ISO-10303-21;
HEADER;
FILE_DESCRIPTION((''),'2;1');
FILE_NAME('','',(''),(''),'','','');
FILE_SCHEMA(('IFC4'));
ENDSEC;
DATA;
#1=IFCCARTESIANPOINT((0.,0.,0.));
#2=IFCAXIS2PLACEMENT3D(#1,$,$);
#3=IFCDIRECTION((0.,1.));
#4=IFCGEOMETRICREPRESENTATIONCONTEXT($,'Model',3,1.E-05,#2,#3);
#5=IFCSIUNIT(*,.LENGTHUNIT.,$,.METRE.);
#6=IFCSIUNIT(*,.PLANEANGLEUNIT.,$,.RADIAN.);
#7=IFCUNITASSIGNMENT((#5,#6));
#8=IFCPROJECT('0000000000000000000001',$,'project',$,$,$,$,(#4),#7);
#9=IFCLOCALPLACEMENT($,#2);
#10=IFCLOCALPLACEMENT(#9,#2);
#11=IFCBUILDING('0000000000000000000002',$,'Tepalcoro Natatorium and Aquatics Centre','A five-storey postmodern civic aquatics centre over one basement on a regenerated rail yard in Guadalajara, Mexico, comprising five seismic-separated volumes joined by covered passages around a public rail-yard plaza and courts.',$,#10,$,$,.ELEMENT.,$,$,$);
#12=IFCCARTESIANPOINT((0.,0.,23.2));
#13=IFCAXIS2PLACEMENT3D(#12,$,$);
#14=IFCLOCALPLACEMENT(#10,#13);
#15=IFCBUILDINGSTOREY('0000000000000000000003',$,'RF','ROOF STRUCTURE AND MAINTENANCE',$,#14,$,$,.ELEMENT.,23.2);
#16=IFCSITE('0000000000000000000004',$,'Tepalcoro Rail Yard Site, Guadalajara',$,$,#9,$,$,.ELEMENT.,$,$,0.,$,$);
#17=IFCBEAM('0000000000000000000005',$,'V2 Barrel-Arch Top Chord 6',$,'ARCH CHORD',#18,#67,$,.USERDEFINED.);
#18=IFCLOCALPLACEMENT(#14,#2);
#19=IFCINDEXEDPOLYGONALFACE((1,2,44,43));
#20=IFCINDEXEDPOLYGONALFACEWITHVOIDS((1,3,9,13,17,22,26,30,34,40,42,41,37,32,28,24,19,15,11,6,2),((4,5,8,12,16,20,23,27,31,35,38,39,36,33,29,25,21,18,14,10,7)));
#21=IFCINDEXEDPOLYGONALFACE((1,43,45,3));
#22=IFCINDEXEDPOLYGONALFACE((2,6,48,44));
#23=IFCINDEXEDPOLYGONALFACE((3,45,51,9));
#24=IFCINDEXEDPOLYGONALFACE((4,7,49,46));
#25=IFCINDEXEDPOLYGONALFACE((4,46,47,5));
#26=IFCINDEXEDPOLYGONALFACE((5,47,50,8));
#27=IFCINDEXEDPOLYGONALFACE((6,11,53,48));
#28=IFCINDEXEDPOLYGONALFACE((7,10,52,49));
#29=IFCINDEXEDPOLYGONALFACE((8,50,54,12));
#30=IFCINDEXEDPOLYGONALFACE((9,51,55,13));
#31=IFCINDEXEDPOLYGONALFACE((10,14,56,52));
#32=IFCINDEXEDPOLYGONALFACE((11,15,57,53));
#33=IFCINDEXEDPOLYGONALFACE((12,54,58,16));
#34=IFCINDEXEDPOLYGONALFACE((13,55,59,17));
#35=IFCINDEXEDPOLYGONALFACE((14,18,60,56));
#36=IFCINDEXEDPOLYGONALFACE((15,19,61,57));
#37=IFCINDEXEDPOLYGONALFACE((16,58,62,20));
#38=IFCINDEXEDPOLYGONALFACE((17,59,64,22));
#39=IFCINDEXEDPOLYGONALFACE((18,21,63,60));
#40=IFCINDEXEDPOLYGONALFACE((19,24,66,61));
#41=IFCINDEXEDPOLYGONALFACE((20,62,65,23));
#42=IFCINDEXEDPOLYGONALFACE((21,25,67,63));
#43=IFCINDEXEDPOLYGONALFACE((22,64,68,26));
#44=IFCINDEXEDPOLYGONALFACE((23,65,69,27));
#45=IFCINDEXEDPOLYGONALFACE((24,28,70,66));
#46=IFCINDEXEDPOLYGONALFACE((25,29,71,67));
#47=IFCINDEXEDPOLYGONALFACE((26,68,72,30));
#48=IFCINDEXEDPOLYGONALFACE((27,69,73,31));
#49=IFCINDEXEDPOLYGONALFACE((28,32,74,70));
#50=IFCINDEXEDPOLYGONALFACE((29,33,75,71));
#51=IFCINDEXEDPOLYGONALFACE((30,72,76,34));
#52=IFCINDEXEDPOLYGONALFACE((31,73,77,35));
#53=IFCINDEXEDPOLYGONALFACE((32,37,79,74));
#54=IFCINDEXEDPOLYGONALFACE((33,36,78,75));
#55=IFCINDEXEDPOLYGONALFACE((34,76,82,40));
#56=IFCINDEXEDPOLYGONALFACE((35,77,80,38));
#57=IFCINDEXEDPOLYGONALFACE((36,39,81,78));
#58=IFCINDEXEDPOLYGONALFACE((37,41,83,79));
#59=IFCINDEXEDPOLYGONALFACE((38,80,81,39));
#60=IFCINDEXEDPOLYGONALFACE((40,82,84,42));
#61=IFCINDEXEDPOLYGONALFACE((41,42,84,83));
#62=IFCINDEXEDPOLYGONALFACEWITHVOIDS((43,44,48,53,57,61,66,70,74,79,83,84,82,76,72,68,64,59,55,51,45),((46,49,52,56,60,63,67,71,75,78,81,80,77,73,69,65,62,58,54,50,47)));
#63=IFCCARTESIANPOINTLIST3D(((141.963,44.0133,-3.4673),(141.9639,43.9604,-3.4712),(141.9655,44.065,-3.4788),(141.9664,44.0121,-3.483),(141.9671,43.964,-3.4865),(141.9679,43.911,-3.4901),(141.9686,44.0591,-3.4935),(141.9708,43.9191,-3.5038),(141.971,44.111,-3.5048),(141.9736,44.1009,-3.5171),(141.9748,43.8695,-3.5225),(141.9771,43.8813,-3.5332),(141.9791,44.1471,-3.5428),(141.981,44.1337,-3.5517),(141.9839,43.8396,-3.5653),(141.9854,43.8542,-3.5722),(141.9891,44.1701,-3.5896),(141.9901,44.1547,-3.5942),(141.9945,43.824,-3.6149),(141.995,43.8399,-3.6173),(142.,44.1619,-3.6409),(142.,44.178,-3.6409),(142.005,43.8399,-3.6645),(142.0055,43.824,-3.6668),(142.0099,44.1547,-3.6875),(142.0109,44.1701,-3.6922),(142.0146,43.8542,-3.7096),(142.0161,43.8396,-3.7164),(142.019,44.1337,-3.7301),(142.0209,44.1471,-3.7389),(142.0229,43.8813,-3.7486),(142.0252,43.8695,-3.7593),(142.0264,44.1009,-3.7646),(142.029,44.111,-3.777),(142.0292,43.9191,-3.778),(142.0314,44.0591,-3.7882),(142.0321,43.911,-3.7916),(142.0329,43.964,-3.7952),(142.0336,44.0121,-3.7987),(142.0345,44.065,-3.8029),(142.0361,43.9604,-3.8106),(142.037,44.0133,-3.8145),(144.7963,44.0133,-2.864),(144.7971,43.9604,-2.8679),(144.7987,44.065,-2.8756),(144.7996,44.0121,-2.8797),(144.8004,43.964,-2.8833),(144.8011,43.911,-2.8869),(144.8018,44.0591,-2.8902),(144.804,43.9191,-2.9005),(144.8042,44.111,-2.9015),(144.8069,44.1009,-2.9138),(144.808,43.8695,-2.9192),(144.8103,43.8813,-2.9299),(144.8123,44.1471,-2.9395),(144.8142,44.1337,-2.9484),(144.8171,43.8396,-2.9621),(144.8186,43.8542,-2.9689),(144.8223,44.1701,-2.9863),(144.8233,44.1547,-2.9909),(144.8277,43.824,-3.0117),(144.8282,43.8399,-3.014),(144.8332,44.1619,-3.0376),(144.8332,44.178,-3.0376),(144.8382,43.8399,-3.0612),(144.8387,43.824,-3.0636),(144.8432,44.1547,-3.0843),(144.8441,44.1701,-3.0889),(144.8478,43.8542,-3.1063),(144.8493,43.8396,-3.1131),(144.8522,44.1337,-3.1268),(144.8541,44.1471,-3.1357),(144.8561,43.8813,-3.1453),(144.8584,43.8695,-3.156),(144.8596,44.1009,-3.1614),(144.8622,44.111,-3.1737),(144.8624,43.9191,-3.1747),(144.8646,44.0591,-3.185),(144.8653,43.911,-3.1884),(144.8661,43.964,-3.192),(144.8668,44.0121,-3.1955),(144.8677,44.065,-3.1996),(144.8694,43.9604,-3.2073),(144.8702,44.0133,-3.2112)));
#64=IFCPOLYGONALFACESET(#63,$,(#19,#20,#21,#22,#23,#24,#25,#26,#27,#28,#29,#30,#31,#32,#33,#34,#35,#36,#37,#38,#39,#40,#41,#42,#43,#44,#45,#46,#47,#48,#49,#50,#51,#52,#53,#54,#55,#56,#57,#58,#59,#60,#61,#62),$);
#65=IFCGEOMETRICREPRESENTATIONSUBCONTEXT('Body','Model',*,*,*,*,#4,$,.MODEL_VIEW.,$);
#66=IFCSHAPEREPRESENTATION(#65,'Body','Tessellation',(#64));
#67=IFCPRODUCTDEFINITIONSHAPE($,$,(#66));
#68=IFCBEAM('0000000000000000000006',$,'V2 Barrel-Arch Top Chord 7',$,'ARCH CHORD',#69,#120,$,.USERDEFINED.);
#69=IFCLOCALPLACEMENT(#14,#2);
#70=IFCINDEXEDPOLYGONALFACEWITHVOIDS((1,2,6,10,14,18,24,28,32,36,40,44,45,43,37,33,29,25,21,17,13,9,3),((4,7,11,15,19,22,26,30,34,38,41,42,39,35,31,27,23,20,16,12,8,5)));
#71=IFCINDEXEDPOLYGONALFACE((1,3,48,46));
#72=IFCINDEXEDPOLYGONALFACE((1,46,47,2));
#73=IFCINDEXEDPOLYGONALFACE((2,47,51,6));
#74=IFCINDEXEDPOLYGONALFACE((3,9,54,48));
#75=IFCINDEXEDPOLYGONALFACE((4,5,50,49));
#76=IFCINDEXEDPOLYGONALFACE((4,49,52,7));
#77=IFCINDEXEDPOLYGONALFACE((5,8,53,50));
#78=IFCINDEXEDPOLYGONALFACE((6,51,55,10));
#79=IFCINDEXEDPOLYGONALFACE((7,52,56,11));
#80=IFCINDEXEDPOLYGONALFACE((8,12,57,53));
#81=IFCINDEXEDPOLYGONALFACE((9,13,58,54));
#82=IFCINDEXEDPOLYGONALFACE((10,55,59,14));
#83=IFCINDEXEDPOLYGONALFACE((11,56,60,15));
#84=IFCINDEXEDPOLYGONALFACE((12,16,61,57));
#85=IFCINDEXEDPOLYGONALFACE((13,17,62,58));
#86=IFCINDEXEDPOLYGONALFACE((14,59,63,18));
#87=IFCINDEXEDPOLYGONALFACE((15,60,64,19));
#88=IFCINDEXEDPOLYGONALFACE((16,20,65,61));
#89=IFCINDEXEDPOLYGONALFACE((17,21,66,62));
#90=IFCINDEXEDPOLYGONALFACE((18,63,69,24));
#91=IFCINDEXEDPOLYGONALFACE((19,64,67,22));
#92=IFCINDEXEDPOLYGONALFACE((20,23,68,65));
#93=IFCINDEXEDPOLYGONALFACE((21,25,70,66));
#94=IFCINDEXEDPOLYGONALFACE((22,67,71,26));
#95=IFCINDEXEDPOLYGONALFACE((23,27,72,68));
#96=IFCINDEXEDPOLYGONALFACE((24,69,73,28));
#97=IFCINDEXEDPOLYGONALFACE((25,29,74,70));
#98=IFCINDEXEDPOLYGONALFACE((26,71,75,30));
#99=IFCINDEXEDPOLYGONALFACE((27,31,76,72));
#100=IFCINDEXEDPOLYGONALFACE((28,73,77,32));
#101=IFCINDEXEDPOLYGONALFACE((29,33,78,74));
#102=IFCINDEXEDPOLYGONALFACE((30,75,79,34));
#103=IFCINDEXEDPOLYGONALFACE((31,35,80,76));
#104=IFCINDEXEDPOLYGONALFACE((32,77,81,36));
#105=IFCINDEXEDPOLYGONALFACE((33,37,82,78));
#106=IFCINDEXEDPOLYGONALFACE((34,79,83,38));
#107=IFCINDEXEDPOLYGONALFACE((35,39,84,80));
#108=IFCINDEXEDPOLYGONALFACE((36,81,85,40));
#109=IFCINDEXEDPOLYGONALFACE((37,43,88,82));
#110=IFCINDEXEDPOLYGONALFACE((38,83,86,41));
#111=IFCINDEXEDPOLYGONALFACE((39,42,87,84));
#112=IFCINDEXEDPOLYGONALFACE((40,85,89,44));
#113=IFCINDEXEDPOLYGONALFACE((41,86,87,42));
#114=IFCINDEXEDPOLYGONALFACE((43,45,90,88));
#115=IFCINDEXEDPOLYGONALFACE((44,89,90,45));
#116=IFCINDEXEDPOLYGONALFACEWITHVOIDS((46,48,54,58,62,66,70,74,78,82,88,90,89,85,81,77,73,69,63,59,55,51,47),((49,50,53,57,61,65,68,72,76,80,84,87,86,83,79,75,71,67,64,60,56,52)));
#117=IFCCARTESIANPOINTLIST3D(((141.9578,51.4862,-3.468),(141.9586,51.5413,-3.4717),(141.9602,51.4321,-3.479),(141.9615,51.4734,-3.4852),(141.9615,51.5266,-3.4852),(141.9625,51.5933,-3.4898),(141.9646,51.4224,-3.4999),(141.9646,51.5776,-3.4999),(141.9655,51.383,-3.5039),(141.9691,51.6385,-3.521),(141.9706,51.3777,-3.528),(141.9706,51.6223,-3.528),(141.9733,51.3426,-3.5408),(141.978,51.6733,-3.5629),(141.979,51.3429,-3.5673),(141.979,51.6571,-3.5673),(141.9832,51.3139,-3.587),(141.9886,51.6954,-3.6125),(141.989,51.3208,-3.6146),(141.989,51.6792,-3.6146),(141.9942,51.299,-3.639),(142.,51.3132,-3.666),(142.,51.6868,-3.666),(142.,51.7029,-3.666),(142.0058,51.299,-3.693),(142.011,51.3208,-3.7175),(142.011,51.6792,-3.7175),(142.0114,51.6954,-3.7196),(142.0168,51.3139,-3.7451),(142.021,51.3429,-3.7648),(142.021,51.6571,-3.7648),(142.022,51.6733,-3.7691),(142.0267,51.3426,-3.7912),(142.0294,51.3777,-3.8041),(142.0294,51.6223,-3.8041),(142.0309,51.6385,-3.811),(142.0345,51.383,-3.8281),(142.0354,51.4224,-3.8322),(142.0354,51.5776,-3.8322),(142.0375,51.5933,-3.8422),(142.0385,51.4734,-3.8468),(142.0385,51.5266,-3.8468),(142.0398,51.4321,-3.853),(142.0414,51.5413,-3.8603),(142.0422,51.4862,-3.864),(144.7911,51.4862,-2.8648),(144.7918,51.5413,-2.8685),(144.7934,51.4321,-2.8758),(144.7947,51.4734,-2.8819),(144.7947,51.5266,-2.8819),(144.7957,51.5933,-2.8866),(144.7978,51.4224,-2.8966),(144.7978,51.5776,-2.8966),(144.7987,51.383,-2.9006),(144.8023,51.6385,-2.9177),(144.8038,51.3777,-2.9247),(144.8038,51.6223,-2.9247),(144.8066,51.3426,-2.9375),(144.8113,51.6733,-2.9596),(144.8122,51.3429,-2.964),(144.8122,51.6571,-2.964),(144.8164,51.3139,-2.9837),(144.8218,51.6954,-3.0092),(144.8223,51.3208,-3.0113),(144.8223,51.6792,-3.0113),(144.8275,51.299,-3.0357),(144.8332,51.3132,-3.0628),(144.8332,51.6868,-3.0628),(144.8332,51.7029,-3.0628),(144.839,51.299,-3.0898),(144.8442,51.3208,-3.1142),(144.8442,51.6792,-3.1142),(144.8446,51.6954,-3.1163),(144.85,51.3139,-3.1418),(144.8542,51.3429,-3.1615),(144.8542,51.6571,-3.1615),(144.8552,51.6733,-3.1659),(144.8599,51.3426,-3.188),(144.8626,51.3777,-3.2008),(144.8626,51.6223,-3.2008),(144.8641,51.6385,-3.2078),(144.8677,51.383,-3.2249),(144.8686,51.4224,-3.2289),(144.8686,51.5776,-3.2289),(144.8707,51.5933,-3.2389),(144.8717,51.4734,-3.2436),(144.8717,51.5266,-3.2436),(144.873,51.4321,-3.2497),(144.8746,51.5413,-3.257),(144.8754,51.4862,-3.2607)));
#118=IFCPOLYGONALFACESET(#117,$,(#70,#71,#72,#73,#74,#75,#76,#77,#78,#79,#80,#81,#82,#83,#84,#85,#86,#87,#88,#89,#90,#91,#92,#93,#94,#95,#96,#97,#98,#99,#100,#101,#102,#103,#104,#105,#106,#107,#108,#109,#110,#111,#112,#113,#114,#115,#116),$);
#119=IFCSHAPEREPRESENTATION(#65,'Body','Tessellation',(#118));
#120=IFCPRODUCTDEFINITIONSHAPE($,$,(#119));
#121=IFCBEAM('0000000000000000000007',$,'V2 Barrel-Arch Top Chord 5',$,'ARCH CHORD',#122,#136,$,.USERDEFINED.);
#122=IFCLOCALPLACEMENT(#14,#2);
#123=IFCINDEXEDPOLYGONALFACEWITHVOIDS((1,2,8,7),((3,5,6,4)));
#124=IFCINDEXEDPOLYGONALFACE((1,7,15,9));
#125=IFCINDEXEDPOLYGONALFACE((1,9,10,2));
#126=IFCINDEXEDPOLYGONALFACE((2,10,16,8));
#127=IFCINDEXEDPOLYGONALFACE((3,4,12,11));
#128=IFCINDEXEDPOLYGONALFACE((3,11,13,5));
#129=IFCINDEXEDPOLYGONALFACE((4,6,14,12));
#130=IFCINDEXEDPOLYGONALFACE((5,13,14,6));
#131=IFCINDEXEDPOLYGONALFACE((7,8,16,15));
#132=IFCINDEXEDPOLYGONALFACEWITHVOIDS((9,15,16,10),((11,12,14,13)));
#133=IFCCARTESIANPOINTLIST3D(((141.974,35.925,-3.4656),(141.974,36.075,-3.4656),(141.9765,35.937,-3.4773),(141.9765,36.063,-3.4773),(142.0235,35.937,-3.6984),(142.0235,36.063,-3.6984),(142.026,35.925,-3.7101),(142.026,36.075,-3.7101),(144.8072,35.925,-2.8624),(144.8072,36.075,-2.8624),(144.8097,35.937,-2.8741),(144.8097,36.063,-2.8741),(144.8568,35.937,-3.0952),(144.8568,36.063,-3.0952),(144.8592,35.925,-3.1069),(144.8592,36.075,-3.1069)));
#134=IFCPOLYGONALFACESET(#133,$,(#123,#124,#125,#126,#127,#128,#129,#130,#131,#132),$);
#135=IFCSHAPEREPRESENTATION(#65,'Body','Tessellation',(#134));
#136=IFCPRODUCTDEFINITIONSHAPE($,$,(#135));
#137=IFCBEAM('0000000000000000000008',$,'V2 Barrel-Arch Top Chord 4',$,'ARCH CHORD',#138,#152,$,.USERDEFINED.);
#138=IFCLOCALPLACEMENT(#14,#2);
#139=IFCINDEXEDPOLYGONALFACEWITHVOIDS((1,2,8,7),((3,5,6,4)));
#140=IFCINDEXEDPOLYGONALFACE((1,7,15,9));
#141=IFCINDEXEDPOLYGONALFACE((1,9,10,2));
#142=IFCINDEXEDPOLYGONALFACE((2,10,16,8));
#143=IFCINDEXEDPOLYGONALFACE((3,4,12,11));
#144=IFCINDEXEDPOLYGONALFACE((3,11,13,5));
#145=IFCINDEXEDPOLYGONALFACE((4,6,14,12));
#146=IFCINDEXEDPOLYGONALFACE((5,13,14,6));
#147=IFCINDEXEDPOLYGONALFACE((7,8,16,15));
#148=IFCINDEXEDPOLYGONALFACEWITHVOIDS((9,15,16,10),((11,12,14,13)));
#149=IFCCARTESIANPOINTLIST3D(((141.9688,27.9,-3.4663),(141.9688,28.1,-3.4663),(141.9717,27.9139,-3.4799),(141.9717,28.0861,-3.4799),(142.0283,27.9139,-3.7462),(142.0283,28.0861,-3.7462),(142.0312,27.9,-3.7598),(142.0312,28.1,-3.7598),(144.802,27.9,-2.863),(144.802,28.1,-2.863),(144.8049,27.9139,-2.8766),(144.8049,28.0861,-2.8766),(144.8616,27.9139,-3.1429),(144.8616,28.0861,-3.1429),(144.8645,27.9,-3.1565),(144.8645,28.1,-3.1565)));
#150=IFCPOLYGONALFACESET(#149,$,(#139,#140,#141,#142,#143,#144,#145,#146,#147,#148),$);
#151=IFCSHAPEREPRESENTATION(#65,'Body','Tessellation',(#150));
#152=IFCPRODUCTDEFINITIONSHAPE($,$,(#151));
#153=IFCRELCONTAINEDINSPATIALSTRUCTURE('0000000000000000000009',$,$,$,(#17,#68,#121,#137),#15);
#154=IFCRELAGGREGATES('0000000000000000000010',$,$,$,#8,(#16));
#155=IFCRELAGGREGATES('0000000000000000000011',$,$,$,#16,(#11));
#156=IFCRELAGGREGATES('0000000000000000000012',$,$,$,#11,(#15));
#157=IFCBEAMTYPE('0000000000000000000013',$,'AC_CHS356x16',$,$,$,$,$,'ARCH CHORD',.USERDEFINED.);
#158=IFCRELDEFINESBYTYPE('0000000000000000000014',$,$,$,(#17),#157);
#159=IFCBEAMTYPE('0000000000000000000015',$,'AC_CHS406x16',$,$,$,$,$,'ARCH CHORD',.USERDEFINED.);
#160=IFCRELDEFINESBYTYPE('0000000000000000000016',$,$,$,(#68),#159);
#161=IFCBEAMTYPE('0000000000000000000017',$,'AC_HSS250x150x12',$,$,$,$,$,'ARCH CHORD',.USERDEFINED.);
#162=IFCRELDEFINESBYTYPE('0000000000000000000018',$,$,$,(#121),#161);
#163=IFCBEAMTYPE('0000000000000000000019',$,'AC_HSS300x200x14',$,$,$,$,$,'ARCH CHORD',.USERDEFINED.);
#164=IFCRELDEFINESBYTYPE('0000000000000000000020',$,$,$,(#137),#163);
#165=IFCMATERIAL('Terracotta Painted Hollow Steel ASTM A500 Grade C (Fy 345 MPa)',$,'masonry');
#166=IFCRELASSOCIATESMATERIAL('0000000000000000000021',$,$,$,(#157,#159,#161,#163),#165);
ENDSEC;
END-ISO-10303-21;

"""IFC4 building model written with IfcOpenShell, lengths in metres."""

from ifc_helpers import new_model, si_unit, direction, frame, origin, origin_2d, place, context, subcontext, project, spatial, hollow_rectangle, hollow_circle, extrude, material, material_profile, profile_set, type_object, element, save


model = new_model("IFC4")

# Units and contexts
model_context = context("Model", 3, precision=1e-05, world=origin(), true_north=direction((0.0, 1.0)))
body_context = subcontext(model_context, "Body", "Model", "MODEL_VIEW")
ifc_project = project(units=[si_unit("LENGTHUNIT", "METRE"), si_unit("PLANEANGLEUNIT", "RADIAN")], contexts=[model_context])

# Site, building, storey
site_placement = place(None, origin())
site = spatial("IfcSite", under=ifc_project, at=site_placement, Name="Tepalcoro Rail Yard Site, Guadalajara", CompositionType="ELEMENT", RefElevation=0.0)
building_placement = place(site_placement, origin())
building = spatial("IfcBuilding", under=site, at=building_placement, Name="Tepalcoro Natatorium and Aquatics Centre", Description="A five-storey postmodern civic aquatics centre over one basement on a regenerated rail yard in Guadalajara, Mexico, comprising five seismic-separated volumes joined by covered passages around a public rail-yard plaza and courts.", CompositionType="ELEMENT")
storey_placement = place(building_placement, frame((0.0, 0.0, 23.2)))
storey = spatial("IfcBuildingStorey", under=building, at=storey_placement, Name="RF", Description="ROOF STRUCTURE AND MAINTENANCE", CompositionType="ELEMENT", Elevation=23.2)

# Beams
ifc_material_1 = material(Name="Terracotta Painted Hollow Steel ASTM A500 Grade C (Fy 345 MPa)", Category="masonry")
ifc_material_profile_1 = material_profile(ifc_material_1, hollow_circle(Radius=0.178, WallThickness=0.0161, at=origin_2d()), Name="CHS356X16")
ifc_profile_set_1 = profile_set([ifc_material_profile_1], Name="Terracotta Painted Hollow Steel ASTM A500 Grade C (Fy 345 MPa)")
beam_type_1 = type_object("IfcBeamType", Name="AC_CHS356x16", ElementType="ARCH CHORD", PredefinedType="USERDEFINED", material=ifc_profile_set_1)
beam_1_placement = place(storey_placement, frame((142.0, 44.0, -3.6409), z_axis=(0.978074, 0.0, 0.208257), x_axis=(0.0, 1.0, 0.0)))
element("IfcBeam", 1, at=beam_1_placement, inside=storey, type_object=beam_type_1, Name="V2 Barrel-Arch Top Chord 6", ObjectType="ARCH CHORD", PredefinedType="USERDEFINED", context=body_context, shape_type="SweptSolid", body=[
    extrude(hollow_circle(Radius=0.178, WallThickness=0.0161, at=origin_2d()), origin(), (0.0, 0.0, 1.0), 2.8967),
])
ifc_material_profile_2 = material_profile(ifc_material_1, hollow_circle(Radius=0.2029, WallThickness=0.0161, at=origin_2d()), Name="CHS406X16")
ifc_profile_set_2 = profile_set([ifc_material_profile_2], Name="Terracotta Painted Hollow Steel ASTM A500 Grade C (Fy 345 MPa)")
beam_type_2 = type_object("IfcBeamType", Name="AC_CHS406x16", ElementType="ARCH CHORD", PredefinedType="USERDEFINED", material=ifc_profile_set_2)
beam_2_placement = place(storey_placement, frame((142.0, 51.5, -3.666), z_axis=(0.978074, 0.0, 0.208257), x_axis=(0.0, 1.0, 0.0)))
element("IfcBeam", 2, at=beam_2_placement, inside=storey, type_object=beam_type_2, Name="V2 Barrel-Arch Top Chord 7", ObjectType="ARCH CHORD", PredefinedType="USERDEFINED", context=body_context, shape_type="SweptSolid", body=[
    extrude(hollow_circle(Radius=0.2029, WallThickness=0.0161, at=origin_2d()), origin(), (0.0, 0.0, 1.0), 2.8967),
])
ifc_material_profile_3 = material_profile(ifc_material_1, hollow_rectangle(XDim=0.1499, YDim=0.25, WallThickness=0.012, at=origin_2d()), Name="HSS250X150X12")
ifc_profile_set_3 = profile_set([ifc_material_profile_3], Name="Terracotta Painted Hollow Steel ASTM A500 Grade C (Fy 345 MPa)")
beam_type_3 = type_object("IfcBeamType", Name="AC_HSS250x150x12", ElementType="ARCH CHORD", PredefinedType="USERDEFINED", material=ifc_profile_set_3)
beam_3_placement = place(storey_placement, frame((142.0, 36.0, -3.5879), z_axis=(0.978074, 0.0, 0.208257), x_axis=(0.0, 1.0, 0.0)))
element("IfcBeam", 3, at=beam_3_placement, inside=storey, type_object=beam_type_3, Name="V2 Barrel-Arch Top Chord 5", ObjectType="ARCH CHORD", PredefinedType="USERDEFINED", context=body_context, shape_type="SweptSolid", body=[
    extrude(hollow_rectangle(XDim=0.1499, YDim=0.25, WallThickness=0.012, at=origin_2d()), origin(), (0.0, 0.0, 1.0), 2.8967),
])
ifc_material_profile_4 = material_profile(ifc_material_1, hollow_rectangle(XDim=0.2, YDim=0.3, WallThickness=0.0139, at=origin_2d()), Name="HSS300X200X14")
ifc_profile_set_4 = profile_set([ifc_material_profile_4], Name="Terracotta Painted Hollow Steel ASTM A500 Grade C (Fy 345 MPa)")
beam_type_4 = type_object("IfcBeamType", Name="AC_HSS300x200x14", ElementType="ARCH CHORD", PredefinedType="USERDEFINED", material=ifc_profile_set_4)
beam_4_placement = place(storey_placement, frame((142.0, 28.0, -3.613), z_axis=(0.978074, 0.0, 0.208257), x_axis=(0.0, 1.0, 0.0)))
element("IfcBeam", 4, at=beam_4_placement, inside=storey, type_object=beam_type_4, Name="V2 Barrel-Arch Top Chord 4", ObjectType="ARCH CHORD", PredefinedType="USERDEFINED", context=body_context, shape_type="SweptSolid", body=[
    extrude(hollow_rectangle(XDim=0.2, YDim=0.3, WallThickness=0.0139, at=origin_2d()), origin(), (0.0, 0.0, 1.0), 2.8967),
])

save(model, "model.ifc")
